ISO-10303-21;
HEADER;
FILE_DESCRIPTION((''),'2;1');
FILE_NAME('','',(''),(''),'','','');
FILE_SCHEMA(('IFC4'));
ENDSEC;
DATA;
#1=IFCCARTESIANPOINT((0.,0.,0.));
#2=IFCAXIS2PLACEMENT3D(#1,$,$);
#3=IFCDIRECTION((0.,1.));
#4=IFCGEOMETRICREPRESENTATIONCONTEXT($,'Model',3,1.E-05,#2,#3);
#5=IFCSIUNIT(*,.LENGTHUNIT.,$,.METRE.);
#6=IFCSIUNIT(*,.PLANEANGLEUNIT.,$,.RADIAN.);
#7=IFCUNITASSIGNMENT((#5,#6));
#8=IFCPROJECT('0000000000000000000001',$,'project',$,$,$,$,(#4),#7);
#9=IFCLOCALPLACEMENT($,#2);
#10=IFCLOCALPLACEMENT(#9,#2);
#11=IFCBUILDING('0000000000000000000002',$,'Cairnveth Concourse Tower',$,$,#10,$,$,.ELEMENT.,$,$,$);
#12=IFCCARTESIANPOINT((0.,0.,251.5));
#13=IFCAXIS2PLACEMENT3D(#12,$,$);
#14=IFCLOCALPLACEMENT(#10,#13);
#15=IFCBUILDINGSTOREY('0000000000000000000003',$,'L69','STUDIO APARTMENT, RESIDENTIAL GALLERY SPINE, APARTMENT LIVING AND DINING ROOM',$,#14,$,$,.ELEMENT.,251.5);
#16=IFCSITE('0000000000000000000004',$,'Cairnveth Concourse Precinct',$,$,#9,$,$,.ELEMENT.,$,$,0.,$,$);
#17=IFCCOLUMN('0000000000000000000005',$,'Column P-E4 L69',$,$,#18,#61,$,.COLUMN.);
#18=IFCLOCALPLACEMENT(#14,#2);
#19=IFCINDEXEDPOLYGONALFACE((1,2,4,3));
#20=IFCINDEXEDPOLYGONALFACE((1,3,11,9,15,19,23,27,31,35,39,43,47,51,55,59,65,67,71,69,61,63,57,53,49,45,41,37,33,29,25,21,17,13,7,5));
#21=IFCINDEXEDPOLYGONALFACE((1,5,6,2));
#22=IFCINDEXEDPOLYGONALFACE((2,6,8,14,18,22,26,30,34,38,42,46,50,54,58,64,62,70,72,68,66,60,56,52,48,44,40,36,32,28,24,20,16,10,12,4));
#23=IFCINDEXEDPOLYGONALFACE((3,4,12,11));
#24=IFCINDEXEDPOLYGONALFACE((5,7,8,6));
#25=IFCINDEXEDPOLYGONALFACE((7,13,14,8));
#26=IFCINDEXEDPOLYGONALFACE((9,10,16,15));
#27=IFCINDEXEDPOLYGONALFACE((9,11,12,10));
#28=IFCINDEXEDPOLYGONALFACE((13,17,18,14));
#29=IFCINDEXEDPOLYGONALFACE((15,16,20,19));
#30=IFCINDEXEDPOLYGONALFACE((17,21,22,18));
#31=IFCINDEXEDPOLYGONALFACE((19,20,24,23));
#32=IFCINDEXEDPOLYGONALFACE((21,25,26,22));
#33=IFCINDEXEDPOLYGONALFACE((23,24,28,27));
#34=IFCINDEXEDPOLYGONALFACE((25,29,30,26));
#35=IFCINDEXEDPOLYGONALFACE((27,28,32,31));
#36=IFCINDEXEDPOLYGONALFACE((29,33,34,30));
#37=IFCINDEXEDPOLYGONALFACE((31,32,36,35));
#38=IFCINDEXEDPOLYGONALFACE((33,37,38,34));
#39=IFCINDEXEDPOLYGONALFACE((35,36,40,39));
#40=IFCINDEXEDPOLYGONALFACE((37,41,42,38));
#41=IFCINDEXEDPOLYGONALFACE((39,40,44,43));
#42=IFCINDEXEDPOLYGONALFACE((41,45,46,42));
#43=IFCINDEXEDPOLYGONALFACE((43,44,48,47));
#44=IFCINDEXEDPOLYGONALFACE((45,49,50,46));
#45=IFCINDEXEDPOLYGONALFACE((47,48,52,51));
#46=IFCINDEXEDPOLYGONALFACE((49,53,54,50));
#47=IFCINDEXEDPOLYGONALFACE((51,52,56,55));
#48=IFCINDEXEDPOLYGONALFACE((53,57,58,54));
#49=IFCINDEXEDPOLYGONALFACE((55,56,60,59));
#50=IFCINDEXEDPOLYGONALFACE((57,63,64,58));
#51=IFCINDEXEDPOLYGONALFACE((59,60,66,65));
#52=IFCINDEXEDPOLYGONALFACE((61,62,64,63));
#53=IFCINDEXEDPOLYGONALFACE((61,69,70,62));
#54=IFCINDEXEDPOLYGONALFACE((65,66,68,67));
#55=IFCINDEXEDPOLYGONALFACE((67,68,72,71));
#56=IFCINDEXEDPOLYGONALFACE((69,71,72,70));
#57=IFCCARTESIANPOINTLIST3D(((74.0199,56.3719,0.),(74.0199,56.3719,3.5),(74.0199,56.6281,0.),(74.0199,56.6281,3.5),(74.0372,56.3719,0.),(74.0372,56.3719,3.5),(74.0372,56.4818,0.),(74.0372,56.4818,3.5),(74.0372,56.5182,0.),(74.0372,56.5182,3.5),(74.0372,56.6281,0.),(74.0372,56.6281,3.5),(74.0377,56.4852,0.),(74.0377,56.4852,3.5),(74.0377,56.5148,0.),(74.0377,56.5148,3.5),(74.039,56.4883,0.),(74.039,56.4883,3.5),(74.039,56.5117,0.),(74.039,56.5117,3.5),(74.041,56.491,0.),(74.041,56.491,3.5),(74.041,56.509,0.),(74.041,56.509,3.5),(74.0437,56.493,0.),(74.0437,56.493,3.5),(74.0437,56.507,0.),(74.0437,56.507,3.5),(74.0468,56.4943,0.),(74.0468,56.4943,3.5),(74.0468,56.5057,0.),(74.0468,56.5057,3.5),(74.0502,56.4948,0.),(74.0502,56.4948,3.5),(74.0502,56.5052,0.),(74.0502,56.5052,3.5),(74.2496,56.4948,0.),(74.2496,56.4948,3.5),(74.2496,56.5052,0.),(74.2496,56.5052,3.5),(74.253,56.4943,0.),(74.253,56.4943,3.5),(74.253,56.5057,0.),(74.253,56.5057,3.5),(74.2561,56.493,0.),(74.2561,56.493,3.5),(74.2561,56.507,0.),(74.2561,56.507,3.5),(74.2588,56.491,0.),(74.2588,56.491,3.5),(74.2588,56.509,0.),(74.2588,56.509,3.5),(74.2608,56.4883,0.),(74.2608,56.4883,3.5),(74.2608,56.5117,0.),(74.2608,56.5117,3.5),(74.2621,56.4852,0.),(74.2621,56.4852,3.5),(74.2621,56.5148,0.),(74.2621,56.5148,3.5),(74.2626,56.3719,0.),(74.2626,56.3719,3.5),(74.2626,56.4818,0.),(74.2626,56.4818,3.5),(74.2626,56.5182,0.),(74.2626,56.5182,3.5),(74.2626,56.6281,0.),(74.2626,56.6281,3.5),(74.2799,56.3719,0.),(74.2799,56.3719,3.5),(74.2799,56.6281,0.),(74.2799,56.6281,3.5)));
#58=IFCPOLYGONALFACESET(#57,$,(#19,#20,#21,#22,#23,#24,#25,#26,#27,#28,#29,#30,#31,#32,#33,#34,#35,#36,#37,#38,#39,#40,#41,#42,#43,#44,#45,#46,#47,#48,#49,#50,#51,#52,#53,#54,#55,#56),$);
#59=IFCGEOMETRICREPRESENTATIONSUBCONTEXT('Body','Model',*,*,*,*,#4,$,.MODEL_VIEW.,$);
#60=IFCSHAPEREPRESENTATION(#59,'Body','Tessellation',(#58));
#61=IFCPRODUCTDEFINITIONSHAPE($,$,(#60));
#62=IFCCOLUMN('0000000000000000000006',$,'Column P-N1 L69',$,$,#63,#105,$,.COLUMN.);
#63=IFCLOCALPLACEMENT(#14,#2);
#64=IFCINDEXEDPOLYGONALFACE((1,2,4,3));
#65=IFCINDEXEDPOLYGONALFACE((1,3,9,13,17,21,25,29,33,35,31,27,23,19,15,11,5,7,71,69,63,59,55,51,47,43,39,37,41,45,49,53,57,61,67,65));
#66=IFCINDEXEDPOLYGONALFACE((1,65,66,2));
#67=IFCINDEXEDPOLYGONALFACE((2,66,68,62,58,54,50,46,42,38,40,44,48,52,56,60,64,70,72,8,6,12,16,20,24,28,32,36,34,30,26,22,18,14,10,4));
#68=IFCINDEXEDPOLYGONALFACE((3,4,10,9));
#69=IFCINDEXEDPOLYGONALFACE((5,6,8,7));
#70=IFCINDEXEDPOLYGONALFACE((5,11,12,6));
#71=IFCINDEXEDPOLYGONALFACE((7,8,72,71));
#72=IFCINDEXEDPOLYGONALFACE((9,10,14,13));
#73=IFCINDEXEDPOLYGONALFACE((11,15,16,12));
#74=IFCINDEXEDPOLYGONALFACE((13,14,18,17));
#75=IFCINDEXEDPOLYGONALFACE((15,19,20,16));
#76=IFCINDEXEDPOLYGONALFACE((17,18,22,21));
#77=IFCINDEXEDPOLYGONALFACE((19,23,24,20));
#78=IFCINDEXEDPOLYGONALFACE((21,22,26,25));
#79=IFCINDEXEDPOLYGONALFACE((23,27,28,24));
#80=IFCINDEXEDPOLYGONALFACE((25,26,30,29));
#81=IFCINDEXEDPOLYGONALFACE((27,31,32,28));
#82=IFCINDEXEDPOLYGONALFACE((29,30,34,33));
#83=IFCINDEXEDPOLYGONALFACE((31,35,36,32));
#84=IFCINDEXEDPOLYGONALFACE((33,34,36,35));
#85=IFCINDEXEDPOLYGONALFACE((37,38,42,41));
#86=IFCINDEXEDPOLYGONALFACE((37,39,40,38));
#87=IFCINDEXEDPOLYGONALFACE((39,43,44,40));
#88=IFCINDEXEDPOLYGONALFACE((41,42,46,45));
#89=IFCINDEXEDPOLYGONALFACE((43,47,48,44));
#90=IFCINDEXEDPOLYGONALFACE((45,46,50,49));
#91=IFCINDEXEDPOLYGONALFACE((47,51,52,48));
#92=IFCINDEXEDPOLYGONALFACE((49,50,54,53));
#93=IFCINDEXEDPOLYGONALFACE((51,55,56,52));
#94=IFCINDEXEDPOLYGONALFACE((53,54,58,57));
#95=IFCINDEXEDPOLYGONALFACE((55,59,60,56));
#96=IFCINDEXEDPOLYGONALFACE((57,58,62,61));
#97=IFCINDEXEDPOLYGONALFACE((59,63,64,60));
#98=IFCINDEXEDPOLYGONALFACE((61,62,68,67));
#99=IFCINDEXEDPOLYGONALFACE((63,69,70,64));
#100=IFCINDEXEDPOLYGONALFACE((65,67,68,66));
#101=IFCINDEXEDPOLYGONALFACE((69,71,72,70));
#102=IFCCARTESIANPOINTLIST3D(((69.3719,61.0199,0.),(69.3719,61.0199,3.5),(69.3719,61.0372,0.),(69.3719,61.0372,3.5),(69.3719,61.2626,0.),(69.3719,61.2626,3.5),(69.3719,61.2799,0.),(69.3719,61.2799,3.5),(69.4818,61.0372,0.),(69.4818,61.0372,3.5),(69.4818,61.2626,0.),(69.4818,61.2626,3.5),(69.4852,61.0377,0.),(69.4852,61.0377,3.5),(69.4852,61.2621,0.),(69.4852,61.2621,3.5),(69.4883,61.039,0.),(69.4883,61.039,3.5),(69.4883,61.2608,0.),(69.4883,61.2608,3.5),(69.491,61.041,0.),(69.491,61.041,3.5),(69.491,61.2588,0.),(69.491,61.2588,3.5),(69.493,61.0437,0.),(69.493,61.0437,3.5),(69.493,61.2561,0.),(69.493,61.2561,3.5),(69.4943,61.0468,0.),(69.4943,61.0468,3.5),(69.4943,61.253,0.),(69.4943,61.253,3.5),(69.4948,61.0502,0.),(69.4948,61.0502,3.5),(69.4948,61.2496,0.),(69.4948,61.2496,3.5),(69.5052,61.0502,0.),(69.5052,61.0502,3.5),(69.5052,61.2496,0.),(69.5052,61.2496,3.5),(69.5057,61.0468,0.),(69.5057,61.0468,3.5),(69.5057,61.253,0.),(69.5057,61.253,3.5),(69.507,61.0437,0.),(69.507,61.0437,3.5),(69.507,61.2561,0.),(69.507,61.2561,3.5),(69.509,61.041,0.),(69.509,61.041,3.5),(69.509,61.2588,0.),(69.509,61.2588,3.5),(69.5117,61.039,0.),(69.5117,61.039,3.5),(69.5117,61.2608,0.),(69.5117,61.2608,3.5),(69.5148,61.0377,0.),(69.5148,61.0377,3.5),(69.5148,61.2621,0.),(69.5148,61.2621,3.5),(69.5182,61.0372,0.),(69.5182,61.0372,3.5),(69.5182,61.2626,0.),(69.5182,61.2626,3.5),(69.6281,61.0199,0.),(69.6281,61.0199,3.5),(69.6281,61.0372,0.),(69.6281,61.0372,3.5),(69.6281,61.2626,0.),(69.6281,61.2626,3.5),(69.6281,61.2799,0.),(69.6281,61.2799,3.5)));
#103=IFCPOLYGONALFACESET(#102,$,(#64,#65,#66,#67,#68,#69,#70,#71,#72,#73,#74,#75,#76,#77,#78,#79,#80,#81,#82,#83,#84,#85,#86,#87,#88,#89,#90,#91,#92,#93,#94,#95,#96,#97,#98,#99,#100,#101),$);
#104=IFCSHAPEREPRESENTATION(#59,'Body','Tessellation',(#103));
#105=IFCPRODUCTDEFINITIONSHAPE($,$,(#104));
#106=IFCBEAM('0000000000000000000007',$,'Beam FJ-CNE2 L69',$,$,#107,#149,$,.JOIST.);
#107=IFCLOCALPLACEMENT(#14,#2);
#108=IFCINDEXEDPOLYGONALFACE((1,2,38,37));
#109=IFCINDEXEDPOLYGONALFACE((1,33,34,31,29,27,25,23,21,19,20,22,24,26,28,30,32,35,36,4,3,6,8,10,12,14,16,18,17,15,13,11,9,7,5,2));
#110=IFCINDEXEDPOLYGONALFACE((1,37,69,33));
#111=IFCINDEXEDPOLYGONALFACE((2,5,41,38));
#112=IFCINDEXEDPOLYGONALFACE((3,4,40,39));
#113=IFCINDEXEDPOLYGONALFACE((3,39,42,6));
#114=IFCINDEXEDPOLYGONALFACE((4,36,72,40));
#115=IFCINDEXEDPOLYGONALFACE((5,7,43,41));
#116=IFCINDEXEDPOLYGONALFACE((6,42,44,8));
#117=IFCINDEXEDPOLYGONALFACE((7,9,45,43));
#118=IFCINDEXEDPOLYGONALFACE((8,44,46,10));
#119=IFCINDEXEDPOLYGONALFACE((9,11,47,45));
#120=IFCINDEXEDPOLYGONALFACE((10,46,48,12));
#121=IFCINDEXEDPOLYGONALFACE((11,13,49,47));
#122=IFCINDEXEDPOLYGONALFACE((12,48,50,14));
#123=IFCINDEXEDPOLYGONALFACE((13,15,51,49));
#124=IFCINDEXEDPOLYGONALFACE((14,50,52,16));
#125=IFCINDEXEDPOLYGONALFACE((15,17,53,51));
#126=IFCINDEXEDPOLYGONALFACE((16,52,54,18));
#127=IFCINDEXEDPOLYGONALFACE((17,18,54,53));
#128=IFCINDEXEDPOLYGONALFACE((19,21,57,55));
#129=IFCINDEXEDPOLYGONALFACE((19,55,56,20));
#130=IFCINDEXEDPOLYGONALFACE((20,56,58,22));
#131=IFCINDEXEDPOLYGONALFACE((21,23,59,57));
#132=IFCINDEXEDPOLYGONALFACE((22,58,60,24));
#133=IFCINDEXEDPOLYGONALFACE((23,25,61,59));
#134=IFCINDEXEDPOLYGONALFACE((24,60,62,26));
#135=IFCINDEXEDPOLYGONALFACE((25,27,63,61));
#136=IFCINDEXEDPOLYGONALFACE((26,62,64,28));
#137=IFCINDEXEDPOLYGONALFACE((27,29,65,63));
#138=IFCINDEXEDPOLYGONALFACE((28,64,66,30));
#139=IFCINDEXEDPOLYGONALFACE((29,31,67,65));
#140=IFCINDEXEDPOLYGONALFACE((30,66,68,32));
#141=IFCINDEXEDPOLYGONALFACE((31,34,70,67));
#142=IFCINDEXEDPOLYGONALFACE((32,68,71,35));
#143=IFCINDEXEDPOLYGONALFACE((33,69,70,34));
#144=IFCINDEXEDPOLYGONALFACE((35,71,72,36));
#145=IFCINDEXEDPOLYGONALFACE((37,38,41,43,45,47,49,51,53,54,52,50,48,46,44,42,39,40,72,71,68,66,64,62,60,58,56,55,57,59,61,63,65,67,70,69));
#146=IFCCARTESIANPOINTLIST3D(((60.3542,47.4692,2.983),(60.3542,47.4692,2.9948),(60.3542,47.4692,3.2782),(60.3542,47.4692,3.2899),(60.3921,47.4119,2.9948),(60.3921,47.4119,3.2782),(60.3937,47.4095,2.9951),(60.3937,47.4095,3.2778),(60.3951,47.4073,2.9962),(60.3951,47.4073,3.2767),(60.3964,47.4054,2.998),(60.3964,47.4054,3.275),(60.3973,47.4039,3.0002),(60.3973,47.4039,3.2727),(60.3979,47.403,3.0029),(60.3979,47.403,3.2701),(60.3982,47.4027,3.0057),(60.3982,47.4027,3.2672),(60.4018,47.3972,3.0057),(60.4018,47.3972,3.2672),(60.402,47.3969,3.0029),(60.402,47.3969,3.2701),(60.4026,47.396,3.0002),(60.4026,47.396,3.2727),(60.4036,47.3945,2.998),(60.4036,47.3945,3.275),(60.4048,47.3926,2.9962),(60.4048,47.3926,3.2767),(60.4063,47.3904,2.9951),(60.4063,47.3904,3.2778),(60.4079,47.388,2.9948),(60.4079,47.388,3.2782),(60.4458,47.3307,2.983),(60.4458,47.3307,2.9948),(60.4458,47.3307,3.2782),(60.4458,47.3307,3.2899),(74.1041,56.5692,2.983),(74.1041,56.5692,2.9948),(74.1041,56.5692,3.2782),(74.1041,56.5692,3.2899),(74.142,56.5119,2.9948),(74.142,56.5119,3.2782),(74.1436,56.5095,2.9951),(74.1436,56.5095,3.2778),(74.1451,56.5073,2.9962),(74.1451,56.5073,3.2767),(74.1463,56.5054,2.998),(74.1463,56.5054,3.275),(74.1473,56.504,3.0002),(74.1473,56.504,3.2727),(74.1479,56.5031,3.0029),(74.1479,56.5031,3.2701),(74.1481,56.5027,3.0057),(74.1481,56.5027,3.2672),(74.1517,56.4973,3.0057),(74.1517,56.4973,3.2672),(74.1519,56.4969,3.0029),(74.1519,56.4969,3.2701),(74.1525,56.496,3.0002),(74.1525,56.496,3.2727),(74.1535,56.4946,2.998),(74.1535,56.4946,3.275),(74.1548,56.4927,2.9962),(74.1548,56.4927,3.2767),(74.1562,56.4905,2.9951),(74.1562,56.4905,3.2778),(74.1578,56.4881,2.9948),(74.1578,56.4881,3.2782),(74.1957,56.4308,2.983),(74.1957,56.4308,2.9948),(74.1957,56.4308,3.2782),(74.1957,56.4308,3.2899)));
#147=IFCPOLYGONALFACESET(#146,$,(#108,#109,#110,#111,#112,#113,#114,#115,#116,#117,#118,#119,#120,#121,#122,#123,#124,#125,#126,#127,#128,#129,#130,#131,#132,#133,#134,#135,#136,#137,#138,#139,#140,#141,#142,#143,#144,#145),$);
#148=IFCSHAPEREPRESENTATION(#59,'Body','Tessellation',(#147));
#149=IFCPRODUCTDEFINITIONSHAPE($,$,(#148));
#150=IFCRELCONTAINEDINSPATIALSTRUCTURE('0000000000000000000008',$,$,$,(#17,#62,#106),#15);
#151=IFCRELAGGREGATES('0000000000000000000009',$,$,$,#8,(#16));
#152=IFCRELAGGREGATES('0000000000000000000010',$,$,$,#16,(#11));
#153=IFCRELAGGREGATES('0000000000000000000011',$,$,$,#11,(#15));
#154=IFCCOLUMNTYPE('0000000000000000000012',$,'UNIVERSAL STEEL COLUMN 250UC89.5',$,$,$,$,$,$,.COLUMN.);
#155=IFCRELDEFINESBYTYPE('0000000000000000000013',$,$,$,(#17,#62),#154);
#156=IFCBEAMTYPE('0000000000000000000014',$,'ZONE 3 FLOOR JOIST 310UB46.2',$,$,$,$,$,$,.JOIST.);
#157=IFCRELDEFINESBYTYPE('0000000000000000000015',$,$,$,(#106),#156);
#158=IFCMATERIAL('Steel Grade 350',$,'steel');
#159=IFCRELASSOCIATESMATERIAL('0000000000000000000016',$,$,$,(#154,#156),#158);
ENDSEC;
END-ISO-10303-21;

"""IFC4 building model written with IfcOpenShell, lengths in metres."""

from ifc_helpers import new_model, si_unit, direction, frame, origin, origin_2d, place, context, subcontext, project, spatial, i_section, extrude, material, material_profile, profile_set, type_object, element, save


model = new_model("IFC4")

# Units and contexts
model_context = context("Model", 3, precision=1e-05, world=origin(), true_north=direction((0.0, 1.0)))
body_context = subcontext(model_context, "Body", "Model", "MODEL_VIEW")
ifc_project = project(units=[si_unit("LENGTHUNIT", "METRE"), si_unit("PLANEANGLEUNIT", "RADIAN")], contexts=[model_context])

# Site, building, storey
site_placement = place(None, origin())
site = spatial("IfcSite", under=ifc_project, at=site_placement, Name="Cairnveth Concourse Precinct", CompositionType="ELEMENT", RefElevation=0.0)
building_placement = place(site_placement, origin())
building = spatial("IfcBuilding", under=site, at=building_placement, Name="Cairnveth Concourse Tower", CompositionType="ELEMENT")
storey_placement = place(building_placement, frame((0.0, 0.0, 251.5)))
storey = spatial("IfcBuildingStorey", under=building, at=storey_placement, Name="L69", Description="STUDIO APARTMENT, RESIDENTIAL GALLERY SPINE, APARTMENT LIVING AND DINING ROOM", CompositionType="ELEMENT", Elevation=251.5)

# Columns
ifc_material_1 = material(Name="Steel Grade 350", Category="steel")
ifc_material_profile_1 = material_profile(ifc_material_1, i_section(OverallWidth=0.2561, OverallDepth=0.26, WebThickness=0.0105, FlangeThickness=0.0173, FilletRadius=0.0129, at=origin_2d()), Name="250UC89.5")
ifc_profile_set_1 = profile_set([ifc_material_profile_1], Name="Steel Grade 350")
column_type = type_object("IfcColumnType", Name="UNIVERSAL STEEL COLUMN 250UC89.5", PredefinedType="COLUMN", material=ifc_profile_set_1)
for number, where, z_axis, x_axis, name in (
    (1, (74.1499, 56.5, 0.0), (0.0, 0.0, 1.0), (0.0, 1.0, 0.0), "Column P-E4 L69"),
    (2, (69.5, 61.1499, 0.0), (0.0, 0.0, 1.0), (1.0, 0.0, 0.0), "Column P-N1 L69"),
):
    element("IfcColumn", number, at=place(storey_placement, frame(where, z_axis=z_axis, x_axis=x_axis)), inside=storey, type_object=column_type, Name=name, PredefinedType="COLUMN", context=body_context, shape_type="SweptSolid", body=[
        extrude(i_section(OverallWidth=0.2561, OverallDepth=0.26, WebThickness=0.0105, FlangeThickness=0.0173, FilletRadius=0.0129, at=origin_2d()), origin(), (0.0, 0.0, 1.0), 3.5),
    ])

# Beam
ifc_material_profile_2 = material_profile(ifc_material_1, i_section(OverallWidth=0.166, OverallDepth=0.3069, WebThickness=0.0066, FlangeThickness=0.0117, FilletRadius=0.011, at=origin_2d()), Name="310UB46.2")
ifc_profile_set_2 = profile_set([ifc_material_profile_2], Name="Steel Grade 350")
beam_type_1 = type_object("IfcBeamType", Name="ZONE 3 FLOOR JOIST 310UB46.2", PredefinedType="JOIST", material=ifc_profile_set_2)
beam_1_placement = place(storey_placement, frame((74.1499, 56.5, 3.1365), z_axis=(-0.833909, -0.551902, 0.0), x_axis=(0.551902, -0.833909, 0.0)))
element("IfcBeam", 3, at=beam_1_placement, inside=storey, type_object=beam_type_1, Name="Beam FJ-CNE2 L69", PredefinedType="JOIST", context=body_context, shape_type="SweptSolid", body=[
    extrude(i_section(OverallWidth=0.166, OverallDepth=0.3069, WebThickness=0.0066, FlangeThickness=0.0117, FilletRadius=0.011, at=origin_2d()), origin(), (0.0, 0.0, 1.0), 16.4885),
])

save(model, "model.ifc")
